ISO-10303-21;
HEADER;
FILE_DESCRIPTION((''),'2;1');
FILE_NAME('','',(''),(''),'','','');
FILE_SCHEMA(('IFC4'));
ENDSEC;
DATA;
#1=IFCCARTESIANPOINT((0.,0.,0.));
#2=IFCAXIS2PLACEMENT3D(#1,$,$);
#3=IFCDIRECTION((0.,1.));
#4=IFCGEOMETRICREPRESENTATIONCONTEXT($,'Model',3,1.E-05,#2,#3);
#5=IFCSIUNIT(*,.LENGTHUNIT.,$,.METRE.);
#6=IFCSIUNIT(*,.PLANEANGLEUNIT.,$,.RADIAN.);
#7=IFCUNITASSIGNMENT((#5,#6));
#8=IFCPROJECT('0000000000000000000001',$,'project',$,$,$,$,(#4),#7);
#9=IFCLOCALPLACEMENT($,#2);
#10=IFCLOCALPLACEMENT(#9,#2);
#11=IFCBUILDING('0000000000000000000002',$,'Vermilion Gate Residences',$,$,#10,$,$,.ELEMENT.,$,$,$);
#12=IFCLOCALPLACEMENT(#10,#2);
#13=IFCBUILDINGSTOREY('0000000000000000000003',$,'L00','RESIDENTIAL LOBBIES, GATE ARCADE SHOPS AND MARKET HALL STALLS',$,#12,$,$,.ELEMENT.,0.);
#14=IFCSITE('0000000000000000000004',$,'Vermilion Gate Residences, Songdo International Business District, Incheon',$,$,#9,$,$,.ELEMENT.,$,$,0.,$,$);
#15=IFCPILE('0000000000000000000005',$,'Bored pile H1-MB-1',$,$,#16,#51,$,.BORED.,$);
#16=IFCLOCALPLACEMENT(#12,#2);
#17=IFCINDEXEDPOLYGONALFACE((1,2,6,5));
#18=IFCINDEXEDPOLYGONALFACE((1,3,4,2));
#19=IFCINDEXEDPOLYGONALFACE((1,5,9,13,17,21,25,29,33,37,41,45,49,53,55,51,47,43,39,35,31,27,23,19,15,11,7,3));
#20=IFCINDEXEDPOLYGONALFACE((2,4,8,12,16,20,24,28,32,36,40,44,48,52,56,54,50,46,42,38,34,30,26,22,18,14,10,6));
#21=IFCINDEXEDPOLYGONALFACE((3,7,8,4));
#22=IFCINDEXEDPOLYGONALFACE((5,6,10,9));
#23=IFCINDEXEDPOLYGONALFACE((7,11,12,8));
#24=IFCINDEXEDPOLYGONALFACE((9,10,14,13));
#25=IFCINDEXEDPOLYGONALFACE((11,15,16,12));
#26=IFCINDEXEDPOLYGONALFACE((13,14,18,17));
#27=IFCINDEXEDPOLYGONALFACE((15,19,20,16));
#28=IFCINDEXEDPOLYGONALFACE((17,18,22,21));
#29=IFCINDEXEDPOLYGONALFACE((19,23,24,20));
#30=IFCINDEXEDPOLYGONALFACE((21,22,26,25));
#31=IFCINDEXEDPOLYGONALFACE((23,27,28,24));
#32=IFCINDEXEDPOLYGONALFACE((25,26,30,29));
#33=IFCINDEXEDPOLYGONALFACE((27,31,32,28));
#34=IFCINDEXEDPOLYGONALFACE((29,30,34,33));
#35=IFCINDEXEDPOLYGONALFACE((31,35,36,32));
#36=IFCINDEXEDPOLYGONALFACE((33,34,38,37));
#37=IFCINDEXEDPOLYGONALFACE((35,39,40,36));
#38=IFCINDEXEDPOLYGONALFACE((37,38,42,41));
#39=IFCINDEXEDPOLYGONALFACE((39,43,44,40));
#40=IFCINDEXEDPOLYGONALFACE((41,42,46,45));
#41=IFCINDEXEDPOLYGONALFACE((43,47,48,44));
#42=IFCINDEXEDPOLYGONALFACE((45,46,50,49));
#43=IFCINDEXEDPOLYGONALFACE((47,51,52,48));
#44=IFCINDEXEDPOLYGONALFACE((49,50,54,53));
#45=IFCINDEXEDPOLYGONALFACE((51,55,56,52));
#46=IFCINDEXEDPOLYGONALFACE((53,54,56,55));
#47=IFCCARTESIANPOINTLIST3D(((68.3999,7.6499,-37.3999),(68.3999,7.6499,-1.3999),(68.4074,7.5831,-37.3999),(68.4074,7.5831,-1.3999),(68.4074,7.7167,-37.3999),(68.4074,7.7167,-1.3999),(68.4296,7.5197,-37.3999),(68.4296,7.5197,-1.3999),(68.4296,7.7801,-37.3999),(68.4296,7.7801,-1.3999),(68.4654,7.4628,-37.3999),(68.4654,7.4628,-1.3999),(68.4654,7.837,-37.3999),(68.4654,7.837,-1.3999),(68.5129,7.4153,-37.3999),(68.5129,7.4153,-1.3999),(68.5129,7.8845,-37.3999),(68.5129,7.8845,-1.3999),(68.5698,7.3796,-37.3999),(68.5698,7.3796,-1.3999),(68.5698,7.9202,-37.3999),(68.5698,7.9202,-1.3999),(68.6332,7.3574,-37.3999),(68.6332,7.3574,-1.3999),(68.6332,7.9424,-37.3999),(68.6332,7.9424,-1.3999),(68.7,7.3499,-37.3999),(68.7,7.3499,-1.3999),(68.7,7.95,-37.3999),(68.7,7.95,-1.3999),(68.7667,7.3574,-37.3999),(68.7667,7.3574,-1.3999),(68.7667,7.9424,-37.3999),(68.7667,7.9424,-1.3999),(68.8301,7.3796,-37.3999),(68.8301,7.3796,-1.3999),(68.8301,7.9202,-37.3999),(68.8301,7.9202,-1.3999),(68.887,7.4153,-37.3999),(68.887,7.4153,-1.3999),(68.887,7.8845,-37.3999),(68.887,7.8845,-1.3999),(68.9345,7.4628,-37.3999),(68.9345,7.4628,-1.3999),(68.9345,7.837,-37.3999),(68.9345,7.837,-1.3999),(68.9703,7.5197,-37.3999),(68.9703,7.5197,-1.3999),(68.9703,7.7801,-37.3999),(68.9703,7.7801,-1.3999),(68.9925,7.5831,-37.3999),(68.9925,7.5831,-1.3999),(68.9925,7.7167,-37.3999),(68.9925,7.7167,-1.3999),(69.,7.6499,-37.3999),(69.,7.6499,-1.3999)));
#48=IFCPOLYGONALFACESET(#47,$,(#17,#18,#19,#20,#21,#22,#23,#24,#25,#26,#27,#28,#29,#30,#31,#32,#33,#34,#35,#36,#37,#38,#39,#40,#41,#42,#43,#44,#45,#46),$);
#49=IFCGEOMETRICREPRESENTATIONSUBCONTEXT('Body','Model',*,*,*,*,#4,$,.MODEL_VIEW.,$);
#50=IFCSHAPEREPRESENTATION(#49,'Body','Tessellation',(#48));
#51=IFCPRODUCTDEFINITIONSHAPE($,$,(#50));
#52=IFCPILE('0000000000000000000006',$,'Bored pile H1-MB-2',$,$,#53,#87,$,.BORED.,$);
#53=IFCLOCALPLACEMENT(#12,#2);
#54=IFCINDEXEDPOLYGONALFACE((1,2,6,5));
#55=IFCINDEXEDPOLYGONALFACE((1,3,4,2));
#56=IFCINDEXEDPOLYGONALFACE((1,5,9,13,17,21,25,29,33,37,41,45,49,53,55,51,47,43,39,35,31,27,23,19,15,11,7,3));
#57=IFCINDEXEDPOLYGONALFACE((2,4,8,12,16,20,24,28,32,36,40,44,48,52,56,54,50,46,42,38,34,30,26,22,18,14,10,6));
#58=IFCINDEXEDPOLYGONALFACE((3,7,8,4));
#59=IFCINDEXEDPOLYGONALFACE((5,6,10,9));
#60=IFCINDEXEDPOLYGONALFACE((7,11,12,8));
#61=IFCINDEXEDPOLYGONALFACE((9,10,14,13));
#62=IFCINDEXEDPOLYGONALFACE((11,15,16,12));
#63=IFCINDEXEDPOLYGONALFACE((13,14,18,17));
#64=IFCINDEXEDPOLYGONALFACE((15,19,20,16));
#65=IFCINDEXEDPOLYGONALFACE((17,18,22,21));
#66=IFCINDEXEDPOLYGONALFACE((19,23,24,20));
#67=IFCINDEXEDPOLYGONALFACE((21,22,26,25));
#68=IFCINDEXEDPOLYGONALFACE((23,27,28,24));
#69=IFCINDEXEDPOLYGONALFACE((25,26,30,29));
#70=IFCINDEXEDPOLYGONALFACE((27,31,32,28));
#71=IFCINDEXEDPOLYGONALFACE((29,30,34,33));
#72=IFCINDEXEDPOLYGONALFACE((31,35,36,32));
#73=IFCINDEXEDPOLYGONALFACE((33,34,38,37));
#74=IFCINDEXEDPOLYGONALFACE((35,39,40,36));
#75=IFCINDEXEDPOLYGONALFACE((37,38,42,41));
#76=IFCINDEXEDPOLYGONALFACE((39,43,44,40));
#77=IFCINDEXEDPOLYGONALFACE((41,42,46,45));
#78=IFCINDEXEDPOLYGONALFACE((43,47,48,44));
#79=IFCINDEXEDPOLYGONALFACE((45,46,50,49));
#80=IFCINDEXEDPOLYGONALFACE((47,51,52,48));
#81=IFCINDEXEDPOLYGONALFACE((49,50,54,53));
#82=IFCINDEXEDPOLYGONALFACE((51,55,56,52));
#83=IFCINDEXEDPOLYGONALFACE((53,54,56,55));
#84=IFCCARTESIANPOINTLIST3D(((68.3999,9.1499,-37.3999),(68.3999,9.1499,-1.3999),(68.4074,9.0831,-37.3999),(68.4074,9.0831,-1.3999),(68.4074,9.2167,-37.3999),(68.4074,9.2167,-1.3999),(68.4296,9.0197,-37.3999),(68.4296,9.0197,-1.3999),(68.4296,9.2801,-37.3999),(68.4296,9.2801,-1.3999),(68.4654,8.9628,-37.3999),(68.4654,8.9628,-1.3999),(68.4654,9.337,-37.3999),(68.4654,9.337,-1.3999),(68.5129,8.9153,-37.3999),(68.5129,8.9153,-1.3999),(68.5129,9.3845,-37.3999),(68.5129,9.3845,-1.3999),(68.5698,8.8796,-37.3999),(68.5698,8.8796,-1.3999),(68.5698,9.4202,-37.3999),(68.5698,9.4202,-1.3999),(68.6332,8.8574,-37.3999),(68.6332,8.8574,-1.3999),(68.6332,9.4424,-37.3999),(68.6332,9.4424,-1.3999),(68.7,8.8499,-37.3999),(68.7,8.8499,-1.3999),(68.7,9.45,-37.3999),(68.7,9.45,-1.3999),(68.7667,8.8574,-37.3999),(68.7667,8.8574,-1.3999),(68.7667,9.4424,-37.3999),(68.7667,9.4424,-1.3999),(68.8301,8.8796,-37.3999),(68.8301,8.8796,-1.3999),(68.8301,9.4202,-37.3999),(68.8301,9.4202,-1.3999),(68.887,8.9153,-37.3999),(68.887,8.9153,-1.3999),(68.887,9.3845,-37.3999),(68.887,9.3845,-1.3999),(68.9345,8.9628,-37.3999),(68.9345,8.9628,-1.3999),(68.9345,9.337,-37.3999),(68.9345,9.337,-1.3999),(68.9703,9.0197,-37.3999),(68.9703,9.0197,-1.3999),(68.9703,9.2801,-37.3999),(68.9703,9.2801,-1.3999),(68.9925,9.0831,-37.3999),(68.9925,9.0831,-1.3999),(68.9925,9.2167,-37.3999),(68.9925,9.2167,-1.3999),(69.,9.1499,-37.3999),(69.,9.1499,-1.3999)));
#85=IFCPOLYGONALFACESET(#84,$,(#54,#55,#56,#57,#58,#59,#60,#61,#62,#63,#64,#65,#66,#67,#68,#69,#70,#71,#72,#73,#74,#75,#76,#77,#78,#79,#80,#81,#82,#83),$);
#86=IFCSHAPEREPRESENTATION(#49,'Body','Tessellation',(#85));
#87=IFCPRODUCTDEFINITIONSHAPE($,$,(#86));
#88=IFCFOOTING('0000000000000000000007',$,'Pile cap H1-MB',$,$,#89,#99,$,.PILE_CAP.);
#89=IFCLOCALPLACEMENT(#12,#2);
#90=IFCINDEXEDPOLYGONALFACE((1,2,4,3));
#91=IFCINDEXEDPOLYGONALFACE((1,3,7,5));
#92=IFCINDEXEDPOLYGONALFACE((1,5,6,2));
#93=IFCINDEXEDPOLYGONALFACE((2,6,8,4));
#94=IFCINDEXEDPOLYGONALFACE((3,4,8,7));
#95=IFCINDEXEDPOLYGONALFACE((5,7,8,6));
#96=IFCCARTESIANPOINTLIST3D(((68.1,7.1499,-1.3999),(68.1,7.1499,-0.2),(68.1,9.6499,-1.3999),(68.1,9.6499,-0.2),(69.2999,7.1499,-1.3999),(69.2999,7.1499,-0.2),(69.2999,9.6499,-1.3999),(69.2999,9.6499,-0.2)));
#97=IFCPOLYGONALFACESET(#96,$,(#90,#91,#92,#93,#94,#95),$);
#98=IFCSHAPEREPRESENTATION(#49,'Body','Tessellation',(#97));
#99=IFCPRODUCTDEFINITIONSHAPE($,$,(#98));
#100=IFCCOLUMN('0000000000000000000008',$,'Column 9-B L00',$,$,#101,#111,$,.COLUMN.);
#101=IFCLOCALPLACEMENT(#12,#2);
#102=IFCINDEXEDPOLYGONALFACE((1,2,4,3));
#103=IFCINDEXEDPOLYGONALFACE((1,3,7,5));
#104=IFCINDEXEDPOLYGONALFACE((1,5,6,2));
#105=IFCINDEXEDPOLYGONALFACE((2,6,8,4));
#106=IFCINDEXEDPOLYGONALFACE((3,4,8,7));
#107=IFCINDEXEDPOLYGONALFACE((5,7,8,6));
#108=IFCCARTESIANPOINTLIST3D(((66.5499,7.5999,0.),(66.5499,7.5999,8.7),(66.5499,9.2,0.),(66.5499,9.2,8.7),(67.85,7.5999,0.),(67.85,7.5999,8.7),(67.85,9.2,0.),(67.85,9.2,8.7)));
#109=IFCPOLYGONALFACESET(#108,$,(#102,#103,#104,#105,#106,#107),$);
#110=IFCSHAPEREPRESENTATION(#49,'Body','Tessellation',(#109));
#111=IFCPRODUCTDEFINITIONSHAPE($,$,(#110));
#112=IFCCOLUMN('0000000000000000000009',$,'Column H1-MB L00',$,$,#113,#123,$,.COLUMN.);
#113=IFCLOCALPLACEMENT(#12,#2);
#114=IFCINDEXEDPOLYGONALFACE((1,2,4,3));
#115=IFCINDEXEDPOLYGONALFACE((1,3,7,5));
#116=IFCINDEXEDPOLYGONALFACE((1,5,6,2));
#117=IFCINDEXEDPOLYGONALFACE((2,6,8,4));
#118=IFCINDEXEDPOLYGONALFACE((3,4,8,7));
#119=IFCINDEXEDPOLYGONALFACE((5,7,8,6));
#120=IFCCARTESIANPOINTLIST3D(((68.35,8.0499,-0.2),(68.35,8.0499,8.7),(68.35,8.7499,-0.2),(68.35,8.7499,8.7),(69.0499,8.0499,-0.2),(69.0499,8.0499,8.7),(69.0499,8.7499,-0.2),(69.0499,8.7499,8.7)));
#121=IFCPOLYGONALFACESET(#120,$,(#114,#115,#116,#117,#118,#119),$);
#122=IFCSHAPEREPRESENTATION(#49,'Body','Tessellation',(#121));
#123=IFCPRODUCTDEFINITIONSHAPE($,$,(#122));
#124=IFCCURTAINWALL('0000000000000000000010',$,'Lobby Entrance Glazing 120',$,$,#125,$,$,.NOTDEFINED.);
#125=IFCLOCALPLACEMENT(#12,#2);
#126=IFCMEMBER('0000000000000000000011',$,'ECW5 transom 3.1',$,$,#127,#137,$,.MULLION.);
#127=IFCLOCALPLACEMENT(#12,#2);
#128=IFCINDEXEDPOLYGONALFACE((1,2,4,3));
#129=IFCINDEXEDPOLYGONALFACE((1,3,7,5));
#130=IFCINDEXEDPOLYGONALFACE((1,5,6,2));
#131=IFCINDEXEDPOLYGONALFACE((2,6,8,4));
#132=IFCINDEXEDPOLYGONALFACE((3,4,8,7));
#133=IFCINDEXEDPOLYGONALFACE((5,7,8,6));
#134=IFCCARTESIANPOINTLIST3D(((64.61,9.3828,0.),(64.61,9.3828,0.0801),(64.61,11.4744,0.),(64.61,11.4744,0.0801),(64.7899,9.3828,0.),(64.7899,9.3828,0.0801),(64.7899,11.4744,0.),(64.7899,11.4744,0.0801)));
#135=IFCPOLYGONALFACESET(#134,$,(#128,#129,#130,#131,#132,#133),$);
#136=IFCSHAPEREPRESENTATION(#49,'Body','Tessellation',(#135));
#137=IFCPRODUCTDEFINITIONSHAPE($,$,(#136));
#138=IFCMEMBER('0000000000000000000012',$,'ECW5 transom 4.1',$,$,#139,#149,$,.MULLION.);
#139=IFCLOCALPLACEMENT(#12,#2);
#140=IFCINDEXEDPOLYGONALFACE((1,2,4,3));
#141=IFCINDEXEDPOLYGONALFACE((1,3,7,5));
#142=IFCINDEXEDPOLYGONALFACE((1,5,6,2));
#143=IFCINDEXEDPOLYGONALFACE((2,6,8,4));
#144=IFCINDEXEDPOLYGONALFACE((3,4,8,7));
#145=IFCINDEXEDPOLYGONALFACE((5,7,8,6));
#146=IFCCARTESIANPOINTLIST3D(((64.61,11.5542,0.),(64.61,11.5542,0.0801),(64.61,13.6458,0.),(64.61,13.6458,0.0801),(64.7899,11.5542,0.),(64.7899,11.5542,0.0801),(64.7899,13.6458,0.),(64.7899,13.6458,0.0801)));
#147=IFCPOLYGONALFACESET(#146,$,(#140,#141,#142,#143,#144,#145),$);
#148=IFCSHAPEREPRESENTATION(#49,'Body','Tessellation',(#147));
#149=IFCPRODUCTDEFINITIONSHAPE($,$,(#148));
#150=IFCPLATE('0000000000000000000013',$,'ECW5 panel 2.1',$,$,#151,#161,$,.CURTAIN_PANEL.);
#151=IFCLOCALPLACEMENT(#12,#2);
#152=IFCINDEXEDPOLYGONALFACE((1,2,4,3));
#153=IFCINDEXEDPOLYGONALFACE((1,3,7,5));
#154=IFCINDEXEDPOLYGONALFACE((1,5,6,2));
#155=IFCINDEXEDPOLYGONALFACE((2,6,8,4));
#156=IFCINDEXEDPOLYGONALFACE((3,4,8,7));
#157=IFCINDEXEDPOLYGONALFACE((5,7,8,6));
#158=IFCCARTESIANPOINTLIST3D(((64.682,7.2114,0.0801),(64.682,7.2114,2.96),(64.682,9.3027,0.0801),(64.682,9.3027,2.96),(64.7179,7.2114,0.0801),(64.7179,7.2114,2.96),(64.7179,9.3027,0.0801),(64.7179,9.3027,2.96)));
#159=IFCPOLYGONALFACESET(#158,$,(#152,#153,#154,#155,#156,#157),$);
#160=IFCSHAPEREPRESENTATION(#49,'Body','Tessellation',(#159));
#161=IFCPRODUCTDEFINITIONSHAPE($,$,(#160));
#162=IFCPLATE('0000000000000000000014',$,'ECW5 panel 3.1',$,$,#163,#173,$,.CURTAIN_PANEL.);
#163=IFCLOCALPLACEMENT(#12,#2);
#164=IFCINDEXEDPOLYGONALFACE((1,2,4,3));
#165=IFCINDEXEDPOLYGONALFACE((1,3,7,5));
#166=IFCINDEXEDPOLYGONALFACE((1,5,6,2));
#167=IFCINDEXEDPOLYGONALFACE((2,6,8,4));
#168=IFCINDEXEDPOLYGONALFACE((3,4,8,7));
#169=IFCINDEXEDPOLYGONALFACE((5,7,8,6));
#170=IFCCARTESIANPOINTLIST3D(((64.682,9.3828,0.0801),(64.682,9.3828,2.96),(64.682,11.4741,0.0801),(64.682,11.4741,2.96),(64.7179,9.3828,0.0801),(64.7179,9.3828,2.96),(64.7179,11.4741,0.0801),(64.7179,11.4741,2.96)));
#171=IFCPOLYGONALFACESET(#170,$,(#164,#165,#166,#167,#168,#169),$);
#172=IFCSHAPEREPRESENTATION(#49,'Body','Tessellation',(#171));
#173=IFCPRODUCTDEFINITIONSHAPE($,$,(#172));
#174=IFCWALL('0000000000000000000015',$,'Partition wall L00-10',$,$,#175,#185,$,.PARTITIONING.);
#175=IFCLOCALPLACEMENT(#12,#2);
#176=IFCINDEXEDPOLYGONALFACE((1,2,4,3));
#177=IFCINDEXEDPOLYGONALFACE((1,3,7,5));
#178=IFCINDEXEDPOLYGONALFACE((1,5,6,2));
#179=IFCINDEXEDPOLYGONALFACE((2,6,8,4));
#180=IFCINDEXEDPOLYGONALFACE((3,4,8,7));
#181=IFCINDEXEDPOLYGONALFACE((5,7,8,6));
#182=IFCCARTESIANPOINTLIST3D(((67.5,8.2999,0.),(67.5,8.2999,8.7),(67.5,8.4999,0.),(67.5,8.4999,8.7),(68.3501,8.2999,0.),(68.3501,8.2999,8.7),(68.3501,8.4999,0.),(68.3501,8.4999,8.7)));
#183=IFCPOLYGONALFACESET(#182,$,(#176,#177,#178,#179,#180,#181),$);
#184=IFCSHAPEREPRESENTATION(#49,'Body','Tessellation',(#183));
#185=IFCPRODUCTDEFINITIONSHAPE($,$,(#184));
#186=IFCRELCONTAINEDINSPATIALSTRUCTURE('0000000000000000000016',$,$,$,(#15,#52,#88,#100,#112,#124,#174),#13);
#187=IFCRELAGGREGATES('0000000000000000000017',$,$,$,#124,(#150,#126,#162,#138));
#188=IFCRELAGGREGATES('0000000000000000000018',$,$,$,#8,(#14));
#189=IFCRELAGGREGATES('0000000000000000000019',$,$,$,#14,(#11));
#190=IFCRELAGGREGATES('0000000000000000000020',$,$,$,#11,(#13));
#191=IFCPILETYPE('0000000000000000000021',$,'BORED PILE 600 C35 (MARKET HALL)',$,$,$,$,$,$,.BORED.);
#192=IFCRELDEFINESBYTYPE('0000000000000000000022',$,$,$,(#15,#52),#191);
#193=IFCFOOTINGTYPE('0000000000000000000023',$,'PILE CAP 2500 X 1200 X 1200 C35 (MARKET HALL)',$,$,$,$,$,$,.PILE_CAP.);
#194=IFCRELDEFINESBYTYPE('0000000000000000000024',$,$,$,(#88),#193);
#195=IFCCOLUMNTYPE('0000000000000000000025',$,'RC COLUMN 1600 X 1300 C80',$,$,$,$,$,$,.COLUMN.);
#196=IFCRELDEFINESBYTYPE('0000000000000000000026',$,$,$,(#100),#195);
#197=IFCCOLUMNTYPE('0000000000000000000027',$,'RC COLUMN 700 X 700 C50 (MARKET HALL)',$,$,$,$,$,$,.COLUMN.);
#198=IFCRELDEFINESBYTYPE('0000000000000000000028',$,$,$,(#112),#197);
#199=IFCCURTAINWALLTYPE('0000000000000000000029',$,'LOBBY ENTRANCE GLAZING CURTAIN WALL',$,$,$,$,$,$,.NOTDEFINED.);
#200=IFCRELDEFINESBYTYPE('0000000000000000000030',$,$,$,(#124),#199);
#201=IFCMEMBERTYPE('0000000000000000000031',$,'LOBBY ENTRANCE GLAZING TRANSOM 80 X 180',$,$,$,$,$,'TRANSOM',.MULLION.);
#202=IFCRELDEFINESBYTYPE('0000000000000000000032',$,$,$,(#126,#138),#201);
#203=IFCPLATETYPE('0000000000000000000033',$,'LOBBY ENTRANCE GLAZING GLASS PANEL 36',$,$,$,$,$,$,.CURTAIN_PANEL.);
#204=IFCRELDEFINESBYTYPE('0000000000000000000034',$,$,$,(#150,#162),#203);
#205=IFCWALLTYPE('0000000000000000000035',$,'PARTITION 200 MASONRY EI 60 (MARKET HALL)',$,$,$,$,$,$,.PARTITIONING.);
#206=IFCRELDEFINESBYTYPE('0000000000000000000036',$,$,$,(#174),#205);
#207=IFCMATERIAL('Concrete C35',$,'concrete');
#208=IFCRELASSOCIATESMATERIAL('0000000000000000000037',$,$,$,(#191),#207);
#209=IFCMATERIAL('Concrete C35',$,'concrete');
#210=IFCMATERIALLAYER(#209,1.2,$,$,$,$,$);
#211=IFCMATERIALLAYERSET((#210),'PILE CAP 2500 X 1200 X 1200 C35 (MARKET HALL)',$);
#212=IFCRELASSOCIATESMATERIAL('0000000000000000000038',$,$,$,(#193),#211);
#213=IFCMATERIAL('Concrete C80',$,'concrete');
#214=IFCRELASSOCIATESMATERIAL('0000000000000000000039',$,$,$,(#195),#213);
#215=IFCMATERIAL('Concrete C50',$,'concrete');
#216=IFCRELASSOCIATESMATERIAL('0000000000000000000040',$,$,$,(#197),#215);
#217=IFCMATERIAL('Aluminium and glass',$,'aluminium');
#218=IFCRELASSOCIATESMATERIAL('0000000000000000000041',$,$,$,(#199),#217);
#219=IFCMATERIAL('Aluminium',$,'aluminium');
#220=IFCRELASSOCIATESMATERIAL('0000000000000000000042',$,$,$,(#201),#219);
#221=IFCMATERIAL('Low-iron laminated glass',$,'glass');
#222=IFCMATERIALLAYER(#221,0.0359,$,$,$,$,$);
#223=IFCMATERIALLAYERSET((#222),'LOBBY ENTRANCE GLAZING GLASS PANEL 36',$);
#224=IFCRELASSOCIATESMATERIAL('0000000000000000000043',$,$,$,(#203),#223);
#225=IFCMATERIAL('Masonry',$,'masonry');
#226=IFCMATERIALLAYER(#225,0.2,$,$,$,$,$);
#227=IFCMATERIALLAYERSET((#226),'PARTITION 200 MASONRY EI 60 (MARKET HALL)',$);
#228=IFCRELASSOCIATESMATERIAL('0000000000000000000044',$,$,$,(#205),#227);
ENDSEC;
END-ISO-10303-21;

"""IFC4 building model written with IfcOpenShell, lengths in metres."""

from ifc_helpers import new_model, si_unit, direction, frame, frame_2d, origin, origin_2d, place, context, subcontext, project, spatial, rectangle, circle, extrude, material, layer, layer_set, material_profile, profile_set, type_object, element, aggregate, save


model = new_model("IFC4")

# Units and contexts
model_context = context("Model", 3, precision=1e-05, world=origin(), true_north=direction((0.0, 1.0)))
body_context = subcontext(model_context, "Body", "Model", "MODEL_VIEW")
ifc_project = project(units=[si_unit("LENGTHUNIT", "METRE"), si_unit("PLANEANGLEUNIT", "RADIAN")], contexts=[model_context])

# Site, building, storey
site_placement = place(None, origin())
site = spatial("IfcSite", under=ifc_project, at=site_placement, Name="Vermilion Gate Residences, Songdo International Business District, Incheon", CompositionType="ELEMENT", RefElevation=0.0)
building_placement = place(site_placement, origin())
building = spatial("IfcBuilding", under=site, at=building_placement, Name="Vermilion Gate Residences", CompositionType="ELEMENT")
storey_placement = place(building_placement, origin())
storey = spatial("IfcBuildingStorey", under=building, at=storey_placement, Name="L00", Description="RESIDENTIAL LOBBIES, GATE ARCADE SHOPS AND MARKET HALL STALLS", CompositionType="ELEMENT", Elevation=0.0)

# Piles
ifc_material_1 = material(Name="Concrete C35", Category="concrete")
ifc_material_profile_1 = material_profile(ifc_material_1, circle(Radius=0.3, at=origin_2d()), Name="BORED PILE 600 C35 (MARKET HALL)")
ifc_profile_set_1 = profile_set([ifc_material_profile_1], Name="Concrete C35")
pile_type = type_object("IfcPileType", Name="BORED PILE 600 C35 (MARKET HALL)", PredefinedType="BORED", material=ifc_profile_set_1)
for number, where, z_axis, x_axis, name in (
    (1, (68.7, 7.6499, -1.3999), (0.0, 0.0, -1.0), (1.0, 0.0, 0.0), "Bored pile H1-MB-1"),
    (2, (68.7, 9.1499, -1.3999), (0.0, 0.0, -1.0), (1.0, 0.0, 0.0), "Bored pile H1-MB-2"),
):
    element("IfcPile", number, at=place(storey_placement, frame(where, z_axis=z_axis, x_axis=x_axis)), inside=storey, type_object=pile_type, Name=name, PredefinedType="BORED", context=body_context, shape_type="SweptSolid", body=[
        extrude(circle(Radius=0.3, at=origin_2d()), origin(), (0.0, 0.0, 1.0), 36.0),
    ])

# Footing
ifc_material_2 = material(Name="Concrete C35", Category="concrete")
ifc_layer_1 = layer(ifc_material_2, 1.2)
ifc_layer_set_1 = layer_set([ifc_layer_1], Name="PILE CAP 2500 X 1200 X 1200 C35 (MARKET HALL)")
footing_type = type_object("IfcFootingType", Name="PILE CAP 2500 X 1200 X 1200 C35 (MARKET HALL)", PredefinedType="PILE_CAP", material=ifc_layer_set_1)
footing_placement = place(storey_placement, frame((68.7, 8.3999, -1.3999), z_axis=(0.0, 0.0, 1.0), x_axis=(1.0, 0.0, 0.0)))
element("IfcFooting", 3, at=footing_placement, inside=storey, type_object=footing_type, Name="Pile cap H1-MB", PredefinedType="PILE_CAP", context=body_context, shape_type="SweptSolid", body=[
    extrude(rectangle(XDim=1.2, YDim=2.5, at=origin_2d()), origin(), (0.0, 0.0, 1.0), 1.2),
])

# Columns
ifc_material_3 = material(Name="Concrete C80", Category="concrete")
ifc_material_profile_2 = material_profile(ifc_material_3, rectangle(XDim=1.6001, YDim=1.3, at=origin_2d()), Name="RC-1600x1300")
ifc_profile_set_2 = profile_set([ifc_material_profile_2], Name="Concrete C80")
column_type_1 = type_object("IfcColumnType", Name="RC COLUMN 1600 X 1300 C80", PredefinedType="COLUMN", material=ifc_profile_set_2)
column_1_placement = place(storey_placement, frame((67.2, 8.3999, 0.0), z_axis=(0.0, 0.0, 1.0), x_axis=(0.0, 1.0, 0.0)))
element("IfcColumn", 4, at=column_1_placement, inside=storey, type_object=column_type_1, Name="Column 9-B L00", PredefinedType="COLUMN", context=body_context, shape_type="SweptSolid", body=[
    extrude(rectangle(XDim=1.6001, YDim=1.3, at=origin_2d()), origin(), (0.0, 0.0, 1.0), 8.7),
])
ifc_material_4 = material(Name="Concrete C50", Category="concrete")
ifc_material_profile_3 = material_profile(ifc_material_4, rectangle(XDim=0.7, YDim=0.7, at=origin_2d()), Name="RC COLUMN 700 X 700 C50 (MARKET HALL)")
ifc_profile_set_3 = profile_set([ifc_material_profile_3], Name="Concrete C50")
column_type_2 = type_object("IfcColumnType", Name="RC COLUMN 700 X 700 C50 (MARKET HALL)", PredefinedType="COLUMN", material=ifc_profile_set_3)
column_2_placement = place(storey_placement, frame((68.7, 8.3999, -0.2), z_axis=(0.0, 0.0, 1.0), x_axis=(1.0, 0.0, 0.0)))
element("IfcColumn", 5, at=column_2_placement, inside=storey, type_object=column_type_2, Name="Column H1-MB L00", PredefinedType="COLUMN", context=body_context, shape_type="SweptSolid", body=[
    extrude(rectangle(XDim=0.7, YDim=0.7, at=origin_2d()), origin(), (0.0, 0.0, 1.0), 8.8999),
])

# Curtain wall, members, plates
ifc_material_5 = material(Name="Aluminium and glass", Category="aluminium")
curtain_wall_type = type_object("IfcCurtainWallType", Name="LOBBY ENTRANCE GLAZING CURTAIN WALL", PredefinedType="NOTDEFINED", material=ifc_material_5)
curtain_wall_placement = place(storey_placement, origin())
curtain_wall = element("IfcCurtainWall", 6, at=curtain_wall_placement, inside=storey, type_object=curtain_wall_type, Name="Lobby Entrance Glazing 120", PredefinedType="NOTDEFINED")
ifc_material_6 = material(Name="Aluminium", Category="aluminium")
ifc_material_profile_4 = material_profile(ifc_material_6, rectangle(XDim=0.1799, YDim=0.0801, at=origin_2d()), Name="TRANSOM 80 X 180")
ifc_profile_set_4 = profile_set([ifc_material_profile_4], Name="Aluminium")
member_type = type_object("IfcMemberType", Name="LOBBY ENTRANCE GLAZING TRANSOM 80 X 180", ElementType="TRANSOM", PredefinedType="MULLION", material=ifc_profile_set_4)
member_1_placement = place(storey_placement, frame((64.7, 9.3828, 0.04), z_axis=(0.0, 1.0, 0.0), x_axis=(-1.0, 0.0, 0.0)))
member_1 = element("IfcMember", 7, at=member_1_placement, type_object=member_type, Name="ECW5 transom 3.1", PredefinedType="MULLION", context=body_context, shape_type="SweptSolid", body=[
    extrude(rectangle(XDim=0.1799, YDim=0.0801, at=origin_2d()), origin(), (0.0, 0.0, 1.0), 2.0916),
])
member_2_placement = place(storey_placement, frame((64.7, 11.5542, 0.04), z_axis=(0.0, 1.0, 0.0), x_axis=(-1.0, 0.0, 0.0)))
member_2 = element("IfcMember", 8, at=member_2_placement, type_object=member_type, Name="ECW5 transom 4.1", PredefinedType="MULLION", context=body_context, shape_type="SweptSolid", body=[
    extrude(rectangle(XDim=0.1799, YDim=0.0801, at=origin_2d()), origin(), (0.0, 0.0, 1.0), 2.0916),
])
ifc_material_7 = material(Name="Low-iron laminated glass", Category="glass")
ifc_layer_2 = layer(ifc_material_7, 0.0359)
ifc_layer_set_2 = layer_set([ifc_layer_2], Name="LOBBY ENTRANCE GLAZING GLASS PANEL 36")
plate_type = type_object("IfcPlateType", Name="LOBBY ENTRANCE GLAZING GLASS PANEL 36", PredefinedType="CURTAIN_PANEL", material=ifc_layer_set_2)
plate_1_placement = place(storey_placement, frame((64.7, 8.2571, 0.0801), z_axis=(0.0, 0.0, 1.0), x_axis=(0.0, 1.0, 0.0)))
plate_1 = element("IfcPlate", 9, at=plate_1_placement, type_object=plate_type, Name="ECW5 panel 2.1", PredefinedType="CURTAIN_PANEL", context=body_context, shape_type="SweptSolid", body=[
    extrude(rectangle(XDim=2.0913, YDim=0.0359, at=origin_2d()), origin(), (0.0, 0.0, 1.0), 2.8799),
])
plate_2_placement = place(storey_placement, frame((64.7, 10.4285, 0.0801), z_axis=(0.0, 0.0, 1.0), x_axis=(0.0, 1.0, 0.0)))
plate_2 = element("IfcPlate", 10, at=plate_2_placement, type_object=plate_type, Name="ECW5 panel 3.1", PredefinedType="CURTAIN_PANEL", context=body_context, shape_type="SweptSolid", body=[
    extrude(rectangle(XDim=2.0913, YDim=0.0359, at=origin_2d()), origin(), (0.0, 0.0, 1.0), 2.8799),
])
aggregate(curtain_wall, [plate_1, member_1, plate_2, member_2])

# Wall
ifc_material_8 = material(Name="Masonry", Category="masonry")
ifc_layer_3 = layer(ifc_material_8, 0.2)
ifc_layer_set_3 = layer_set([ifc_layer_3], Name="PARTITION 200 MASONRY EI 60 (MARKET HALL)")
wall_type = type_object("IfcWallType", Name="PARTITION 200 MASONRY EI 60 (MARKET HALL)", PredefinedType="PARTITIONING", material=ifc_layer_set_3)
wall_1_placement = place(storey_placement, frame((67.5, 8.3999, 0.0), z_axis=(0.0, 0.0, 1.0), x_axis=(1.0, 0.0, 0.0)))
element("IfcWall", 11, at=wall_1_placement, inside=storey, type_object=wall_type, Name="Partition wall L00-10", PredefinedType="PARTITIONING", context=body_context, shape_type="SweptSolid", body=[
    extrude(rectangle(XDim=0.8501, YDim=0.2, at=frame_2d((0.425, 0.0))), origin(), (0.0, 0.0, 1.0), 8.7),
])

save(model, "model.ifc")
